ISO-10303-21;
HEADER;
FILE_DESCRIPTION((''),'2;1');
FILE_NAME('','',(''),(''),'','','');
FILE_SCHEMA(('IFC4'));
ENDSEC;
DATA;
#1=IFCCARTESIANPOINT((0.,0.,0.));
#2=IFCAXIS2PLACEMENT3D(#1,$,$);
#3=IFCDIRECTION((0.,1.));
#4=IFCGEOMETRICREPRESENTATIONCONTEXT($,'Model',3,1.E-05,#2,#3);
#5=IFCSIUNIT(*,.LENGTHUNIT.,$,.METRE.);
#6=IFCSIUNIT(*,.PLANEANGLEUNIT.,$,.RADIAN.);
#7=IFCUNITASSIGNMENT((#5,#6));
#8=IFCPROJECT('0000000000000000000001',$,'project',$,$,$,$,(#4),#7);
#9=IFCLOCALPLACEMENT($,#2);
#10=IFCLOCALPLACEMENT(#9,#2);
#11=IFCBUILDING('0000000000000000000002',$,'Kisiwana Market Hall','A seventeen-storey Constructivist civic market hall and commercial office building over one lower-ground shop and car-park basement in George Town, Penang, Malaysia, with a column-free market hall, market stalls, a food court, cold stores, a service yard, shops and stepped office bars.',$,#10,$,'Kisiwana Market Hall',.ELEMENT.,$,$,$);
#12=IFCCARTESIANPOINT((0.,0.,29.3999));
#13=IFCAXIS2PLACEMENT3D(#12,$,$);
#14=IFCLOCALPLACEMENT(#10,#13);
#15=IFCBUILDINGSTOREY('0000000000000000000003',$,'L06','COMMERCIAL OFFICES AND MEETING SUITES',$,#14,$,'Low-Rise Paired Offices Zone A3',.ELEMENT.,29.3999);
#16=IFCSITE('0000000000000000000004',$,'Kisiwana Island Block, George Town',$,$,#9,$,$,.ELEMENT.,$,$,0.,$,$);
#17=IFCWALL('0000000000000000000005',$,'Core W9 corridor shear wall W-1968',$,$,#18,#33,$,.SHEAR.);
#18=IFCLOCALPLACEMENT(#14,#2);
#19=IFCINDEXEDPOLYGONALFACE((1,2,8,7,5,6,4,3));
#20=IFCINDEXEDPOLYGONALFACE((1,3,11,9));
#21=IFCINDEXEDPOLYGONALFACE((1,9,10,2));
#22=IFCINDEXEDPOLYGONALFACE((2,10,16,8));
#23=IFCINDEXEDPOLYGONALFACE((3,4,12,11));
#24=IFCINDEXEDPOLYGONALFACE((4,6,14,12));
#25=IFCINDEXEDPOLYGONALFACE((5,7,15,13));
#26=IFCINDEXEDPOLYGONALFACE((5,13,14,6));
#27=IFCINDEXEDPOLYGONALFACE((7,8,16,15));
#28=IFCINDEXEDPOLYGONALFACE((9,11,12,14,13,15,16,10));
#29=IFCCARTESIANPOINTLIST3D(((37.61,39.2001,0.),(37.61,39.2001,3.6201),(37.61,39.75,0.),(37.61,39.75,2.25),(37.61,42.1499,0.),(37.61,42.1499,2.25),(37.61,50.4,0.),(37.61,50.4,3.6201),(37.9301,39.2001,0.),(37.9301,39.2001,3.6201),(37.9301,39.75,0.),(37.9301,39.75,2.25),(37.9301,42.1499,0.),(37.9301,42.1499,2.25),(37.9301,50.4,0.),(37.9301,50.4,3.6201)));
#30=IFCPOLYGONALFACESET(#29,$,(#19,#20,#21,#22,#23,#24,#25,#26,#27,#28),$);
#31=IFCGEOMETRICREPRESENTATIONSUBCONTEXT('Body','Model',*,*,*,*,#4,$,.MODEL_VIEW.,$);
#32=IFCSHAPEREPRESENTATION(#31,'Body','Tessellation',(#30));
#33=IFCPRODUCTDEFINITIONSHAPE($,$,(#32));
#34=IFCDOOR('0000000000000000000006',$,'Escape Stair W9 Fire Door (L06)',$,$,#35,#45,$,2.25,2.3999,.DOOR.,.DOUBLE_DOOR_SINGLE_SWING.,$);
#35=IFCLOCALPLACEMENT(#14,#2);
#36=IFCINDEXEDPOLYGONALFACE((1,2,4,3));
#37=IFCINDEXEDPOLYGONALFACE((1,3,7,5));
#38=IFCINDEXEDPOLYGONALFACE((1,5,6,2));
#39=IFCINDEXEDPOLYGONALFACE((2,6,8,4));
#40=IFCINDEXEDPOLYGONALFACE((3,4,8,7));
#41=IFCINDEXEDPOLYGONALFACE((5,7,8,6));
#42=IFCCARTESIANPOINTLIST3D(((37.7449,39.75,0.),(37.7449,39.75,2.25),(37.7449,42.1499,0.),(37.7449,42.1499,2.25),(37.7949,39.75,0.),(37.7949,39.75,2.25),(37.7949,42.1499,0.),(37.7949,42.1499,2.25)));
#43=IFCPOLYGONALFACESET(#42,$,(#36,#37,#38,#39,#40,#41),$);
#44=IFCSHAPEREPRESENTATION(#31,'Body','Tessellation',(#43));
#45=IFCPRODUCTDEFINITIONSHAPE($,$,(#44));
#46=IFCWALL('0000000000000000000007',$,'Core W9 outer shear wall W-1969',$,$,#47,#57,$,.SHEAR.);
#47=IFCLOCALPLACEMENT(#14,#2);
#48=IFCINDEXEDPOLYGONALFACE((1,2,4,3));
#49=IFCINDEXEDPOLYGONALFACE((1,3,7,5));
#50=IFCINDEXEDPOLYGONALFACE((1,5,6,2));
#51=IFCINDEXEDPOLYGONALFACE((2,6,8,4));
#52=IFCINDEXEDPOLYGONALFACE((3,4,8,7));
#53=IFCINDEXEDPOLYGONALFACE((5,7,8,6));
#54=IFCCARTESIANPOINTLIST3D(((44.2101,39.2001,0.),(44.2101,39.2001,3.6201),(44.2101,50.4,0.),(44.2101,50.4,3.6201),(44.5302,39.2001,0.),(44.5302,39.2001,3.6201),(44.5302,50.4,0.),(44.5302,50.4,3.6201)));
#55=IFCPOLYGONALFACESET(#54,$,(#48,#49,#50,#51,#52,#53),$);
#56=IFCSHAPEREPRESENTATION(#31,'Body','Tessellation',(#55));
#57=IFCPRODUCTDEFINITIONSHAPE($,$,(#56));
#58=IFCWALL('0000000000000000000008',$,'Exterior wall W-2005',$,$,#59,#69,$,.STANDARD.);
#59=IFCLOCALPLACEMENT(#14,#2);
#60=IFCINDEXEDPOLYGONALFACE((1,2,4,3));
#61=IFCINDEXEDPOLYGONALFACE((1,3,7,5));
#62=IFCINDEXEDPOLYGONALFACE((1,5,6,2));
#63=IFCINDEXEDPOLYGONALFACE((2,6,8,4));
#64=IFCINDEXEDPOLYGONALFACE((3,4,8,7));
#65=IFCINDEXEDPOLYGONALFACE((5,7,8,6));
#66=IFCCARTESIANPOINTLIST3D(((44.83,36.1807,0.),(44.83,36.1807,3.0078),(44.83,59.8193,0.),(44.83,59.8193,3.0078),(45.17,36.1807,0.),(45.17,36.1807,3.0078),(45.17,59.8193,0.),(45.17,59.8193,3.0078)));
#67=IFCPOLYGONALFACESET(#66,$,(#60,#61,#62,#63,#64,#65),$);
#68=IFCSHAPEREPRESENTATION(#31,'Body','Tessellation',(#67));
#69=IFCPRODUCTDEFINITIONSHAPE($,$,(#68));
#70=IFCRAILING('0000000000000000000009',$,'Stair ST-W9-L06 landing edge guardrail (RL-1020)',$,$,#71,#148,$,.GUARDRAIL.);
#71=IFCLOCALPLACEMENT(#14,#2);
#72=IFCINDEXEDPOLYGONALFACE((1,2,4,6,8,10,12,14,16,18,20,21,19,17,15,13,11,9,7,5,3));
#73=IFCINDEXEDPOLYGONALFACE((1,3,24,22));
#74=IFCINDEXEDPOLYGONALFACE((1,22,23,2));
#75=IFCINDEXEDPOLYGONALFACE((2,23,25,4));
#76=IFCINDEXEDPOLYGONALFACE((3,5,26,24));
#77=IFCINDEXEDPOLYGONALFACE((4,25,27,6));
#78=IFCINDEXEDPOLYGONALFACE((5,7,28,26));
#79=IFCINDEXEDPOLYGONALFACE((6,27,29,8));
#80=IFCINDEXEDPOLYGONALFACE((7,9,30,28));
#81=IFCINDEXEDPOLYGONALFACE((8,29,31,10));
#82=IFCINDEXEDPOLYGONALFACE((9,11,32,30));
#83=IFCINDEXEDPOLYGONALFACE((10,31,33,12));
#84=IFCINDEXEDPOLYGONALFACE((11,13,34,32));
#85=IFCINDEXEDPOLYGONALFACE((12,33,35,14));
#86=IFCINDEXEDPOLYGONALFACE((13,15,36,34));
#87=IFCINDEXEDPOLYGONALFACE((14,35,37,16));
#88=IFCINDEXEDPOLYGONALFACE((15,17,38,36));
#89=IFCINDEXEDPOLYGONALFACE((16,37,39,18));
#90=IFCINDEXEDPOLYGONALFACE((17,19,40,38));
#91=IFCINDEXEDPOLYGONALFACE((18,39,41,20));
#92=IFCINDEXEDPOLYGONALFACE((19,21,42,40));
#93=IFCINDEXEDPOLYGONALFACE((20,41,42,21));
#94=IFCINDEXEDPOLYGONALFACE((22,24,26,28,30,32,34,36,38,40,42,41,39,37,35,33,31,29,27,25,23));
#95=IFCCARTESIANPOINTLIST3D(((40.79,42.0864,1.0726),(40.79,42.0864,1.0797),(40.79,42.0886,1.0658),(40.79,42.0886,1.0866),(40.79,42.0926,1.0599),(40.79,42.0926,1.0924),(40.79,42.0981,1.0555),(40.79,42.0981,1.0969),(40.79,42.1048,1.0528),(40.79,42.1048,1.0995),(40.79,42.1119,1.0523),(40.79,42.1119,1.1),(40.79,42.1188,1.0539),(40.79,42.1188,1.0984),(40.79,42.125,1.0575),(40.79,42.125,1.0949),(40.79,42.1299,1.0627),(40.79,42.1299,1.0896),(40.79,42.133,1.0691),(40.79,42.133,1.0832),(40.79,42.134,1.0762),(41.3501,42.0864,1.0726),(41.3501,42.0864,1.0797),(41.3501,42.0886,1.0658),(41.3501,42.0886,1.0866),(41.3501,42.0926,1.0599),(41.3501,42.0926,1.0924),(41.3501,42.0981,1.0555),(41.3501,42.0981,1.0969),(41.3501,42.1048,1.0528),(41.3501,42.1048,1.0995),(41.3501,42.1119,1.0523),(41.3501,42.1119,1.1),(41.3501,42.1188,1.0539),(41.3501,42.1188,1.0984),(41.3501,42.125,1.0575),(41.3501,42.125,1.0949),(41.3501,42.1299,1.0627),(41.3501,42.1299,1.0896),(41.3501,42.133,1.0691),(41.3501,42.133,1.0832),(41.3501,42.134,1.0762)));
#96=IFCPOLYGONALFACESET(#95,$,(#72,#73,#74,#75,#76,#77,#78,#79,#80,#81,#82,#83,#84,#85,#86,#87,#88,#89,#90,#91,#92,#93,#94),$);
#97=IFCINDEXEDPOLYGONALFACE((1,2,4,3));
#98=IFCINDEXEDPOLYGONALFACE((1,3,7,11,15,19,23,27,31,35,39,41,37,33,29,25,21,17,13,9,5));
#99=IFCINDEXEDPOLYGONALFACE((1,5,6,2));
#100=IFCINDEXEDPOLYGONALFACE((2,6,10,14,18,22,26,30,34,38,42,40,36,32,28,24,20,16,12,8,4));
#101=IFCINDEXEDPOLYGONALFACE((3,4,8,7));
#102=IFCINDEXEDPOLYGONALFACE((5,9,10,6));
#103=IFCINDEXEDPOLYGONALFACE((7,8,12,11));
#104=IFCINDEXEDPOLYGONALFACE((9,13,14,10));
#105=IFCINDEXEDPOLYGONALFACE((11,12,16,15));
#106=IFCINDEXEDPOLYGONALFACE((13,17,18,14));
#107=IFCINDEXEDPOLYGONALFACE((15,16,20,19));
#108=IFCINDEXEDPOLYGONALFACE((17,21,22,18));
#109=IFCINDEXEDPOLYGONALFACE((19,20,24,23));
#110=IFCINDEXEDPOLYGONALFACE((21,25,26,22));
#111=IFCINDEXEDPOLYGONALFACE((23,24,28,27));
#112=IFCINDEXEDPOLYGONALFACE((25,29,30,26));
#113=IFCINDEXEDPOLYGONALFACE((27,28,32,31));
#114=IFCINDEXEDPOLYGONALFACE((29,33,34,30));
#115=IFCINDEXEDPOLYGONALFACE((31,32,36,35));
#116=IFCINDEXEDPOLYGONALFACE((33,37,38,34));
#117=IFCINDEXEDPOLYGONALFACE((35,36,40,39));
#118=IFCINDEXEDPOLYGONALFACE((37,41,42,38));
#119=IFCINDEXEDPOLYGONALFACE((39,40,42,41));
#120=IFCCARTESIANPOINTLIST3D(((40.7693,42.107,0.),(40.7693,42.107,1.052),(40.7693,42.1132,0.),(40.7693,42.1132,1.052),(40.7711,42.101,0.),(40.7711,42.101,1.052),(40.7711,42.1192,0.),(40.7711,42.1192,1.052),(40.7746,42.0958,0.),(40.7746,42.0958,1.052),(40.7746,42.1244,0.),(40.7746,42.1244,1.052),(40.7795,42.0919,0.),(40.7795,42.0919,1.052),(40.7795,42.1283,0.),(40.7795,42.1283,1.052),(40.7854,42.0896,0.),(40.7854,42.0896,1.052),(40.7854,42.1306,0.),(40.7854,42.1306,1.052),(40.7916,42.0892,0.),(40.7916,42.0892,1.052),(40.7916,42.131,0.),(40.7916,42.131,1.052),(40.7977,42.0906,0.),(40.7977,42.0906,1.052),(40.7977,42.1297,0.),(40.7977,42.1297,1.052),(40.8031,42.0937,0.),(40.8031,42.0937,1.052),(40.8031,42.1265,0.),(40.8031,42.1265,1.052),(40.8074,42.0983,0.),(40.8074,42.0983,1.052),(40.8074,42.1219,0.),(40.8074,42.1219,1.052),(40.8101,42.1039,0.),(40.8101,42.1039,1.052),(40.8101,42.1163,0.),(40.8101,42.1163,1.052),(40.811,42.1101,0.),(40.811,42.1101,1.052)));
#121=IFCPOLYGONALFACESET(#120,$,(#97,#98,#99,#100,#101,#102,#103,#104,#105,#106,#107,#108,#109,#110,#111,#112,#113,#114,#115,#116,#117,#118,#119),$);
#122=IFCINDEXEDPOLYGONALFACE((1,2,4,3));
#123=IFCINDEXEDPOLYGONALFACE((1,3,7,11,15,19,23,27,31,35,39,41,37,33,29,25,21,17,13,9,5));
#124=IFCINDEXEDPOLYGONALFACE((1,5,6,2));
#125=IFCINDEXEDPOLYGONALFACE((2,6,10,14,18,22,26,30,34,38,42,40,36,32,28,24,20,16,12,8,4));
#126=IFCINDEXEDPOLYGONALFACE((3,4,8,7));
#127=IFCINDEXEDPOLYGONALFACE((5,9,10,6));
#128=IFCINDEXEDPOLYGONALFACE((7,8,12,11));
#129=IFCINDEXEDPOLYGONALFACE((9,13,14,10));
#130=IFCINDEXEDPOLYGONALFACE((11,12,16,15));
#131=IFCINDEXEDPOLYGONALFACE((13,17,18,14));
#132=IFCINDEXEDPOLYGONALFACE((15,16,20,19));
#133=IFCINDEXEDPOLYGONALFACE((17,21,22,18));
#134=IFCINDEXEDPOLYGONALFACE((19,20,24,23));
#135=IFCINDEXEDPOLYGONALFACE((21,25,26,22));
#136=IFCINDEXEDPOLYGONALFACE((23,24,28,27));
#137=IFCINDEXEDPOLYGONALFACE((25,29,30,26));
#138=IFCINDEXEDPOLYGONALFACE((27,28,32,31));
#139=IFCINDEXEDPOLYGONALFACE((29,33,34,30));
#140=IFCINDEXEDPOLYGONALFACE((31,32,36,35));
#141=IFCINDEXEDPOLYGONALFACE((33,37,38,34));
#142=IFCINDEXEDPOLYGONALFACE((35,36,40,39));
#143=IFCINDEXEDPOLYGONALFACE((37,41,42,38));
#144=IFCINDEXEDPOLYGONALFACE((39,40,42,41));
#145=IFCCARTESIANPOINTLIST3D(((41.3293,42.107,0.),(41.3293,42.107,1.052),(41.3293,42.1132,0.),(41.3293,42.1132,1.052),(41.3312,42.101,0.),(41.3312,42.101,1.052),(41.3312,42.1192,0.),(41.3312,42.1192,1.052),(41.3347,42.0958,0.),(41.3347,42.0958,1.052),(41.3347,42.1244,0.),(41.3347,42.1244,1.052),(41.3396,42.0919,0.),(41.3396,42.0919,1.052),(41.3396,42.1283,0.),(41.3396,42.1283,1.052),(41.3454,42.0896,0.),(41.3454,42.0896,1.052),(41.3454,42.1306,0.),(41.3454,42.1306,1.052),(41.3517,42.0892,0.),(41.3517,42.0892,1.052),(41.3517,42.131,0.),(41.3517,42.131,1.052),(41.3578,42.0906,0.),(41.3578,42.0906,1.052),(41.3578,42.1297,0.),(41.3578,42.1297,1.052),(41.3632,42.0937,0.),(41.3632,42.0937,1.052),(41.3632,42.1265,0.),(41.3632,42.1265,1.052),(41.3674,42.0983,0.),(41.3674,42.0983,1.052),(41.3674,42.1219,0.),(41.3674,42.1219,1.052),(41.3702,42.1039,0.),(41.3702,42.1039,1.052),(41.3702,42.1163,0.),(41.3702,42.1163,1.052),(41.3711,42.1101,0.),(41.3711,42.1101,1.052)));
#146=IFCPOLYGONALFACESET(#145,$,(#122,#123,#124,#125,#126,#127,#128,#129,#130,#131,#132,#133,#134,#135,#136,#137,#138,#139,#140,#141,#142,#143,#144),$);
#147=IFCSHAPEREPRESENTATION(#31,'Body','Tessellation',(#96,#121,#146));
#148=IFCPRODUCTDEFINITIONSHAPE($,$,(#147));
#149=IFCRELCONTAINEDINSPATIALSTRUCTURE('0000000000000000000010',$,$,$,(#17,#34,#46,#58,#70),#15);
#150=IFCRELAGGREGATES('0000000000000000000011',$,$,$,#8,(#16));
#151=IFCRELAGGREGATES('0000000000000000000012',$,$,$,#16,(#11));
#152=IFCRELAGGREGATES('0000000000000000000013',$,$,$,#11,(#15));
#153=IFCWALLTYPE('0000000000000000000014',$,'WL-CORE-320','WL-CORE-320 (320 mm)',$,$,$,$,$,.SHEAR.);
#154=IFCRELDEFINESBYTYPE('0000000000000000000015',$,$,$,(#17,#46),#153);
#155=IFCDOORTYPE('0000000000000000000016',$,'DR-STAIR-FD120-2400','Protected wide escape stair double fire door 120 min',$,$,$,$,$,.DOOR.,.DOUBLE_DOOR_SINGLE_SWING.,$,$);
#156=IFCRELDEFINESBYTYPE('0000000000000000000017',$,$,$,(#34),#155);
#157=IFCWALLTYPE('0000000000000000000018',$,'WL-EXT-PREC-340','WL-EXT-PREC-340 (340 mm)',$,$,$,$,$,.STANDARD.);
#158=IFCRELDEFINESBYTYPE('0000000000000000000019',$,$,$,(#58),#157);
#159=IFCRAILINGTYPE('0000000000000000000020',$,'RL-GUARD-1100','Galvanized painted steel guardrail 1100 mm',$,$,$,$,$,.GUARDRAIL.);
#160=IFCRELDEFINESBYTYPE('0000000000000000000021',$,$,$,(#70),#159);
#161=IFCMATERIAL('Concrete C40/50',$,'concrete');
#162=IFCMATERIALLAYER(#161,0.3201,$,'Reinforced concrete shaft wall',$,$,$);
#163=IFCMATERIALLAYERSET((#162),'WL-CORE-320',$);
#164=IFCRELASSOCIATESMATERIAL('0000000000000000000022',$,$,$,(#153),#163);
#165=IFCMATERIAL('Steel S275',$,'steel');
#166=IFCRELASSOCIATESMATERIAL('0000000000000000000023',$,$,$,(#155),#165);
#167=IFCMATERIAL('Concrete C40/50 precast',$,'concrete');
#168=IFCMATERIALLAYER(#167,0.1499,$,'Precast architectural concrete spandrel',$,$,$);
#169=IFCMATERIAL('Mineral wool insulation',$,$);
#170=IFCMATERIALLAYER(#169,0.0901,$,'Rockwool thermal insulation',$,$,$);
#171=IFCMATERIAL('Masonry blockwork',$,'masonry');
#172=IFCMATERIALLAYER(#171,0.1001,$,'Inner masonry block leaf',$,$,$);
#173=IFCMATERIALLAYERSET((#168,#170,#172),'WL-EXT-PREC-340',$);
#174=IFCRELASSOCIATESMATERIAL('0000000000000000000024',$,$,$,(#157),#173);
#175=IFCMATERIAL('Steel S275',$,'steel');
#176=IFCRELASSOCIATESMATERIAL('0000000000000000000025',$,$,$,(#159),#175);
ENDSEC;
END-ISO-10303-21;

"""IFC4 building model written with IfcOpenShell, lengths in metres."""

from ifc_helpers import new_model, si_unit, direction, frame, frame_2d, origin, origin_2d, place, context, subcontext, project, spatial, rectangle, circle, extrude, material, layer, layer_set, type_object, element, fill, save


model = new_model("IFC4")

# Units and contexts
model_context = context("Model", 3, precision=1e-05, world=origin(), true_north=direction((0.0, 1.0)))
body_context = subcontext(model_context, "Body", "Model", "MODEL_VIEW")
ifc_project = project(units=[si_unit("LENGTHUNIT", "METRE"), si_unit("PLANEANGLEUNIT", "RADIAN")], contexts=[model_context])

# Site, building, storey
site_placement = place(None, origin())
site = spatial("IfcSite", under=ifc_project, at=site_placement, Name="Kisiwana Island Block, George Town", CompositionType="ELEMENT", RefElevation=0.0)
building_placement = place(site_placement, origin())
building = spatial("IfcBuilding", under=site, at=building_placement, Name="Kisiwana Market Hall", Description="A seventeen-storey Constructivist civic market hall and commercial office building over one lower-ground shop and car-park basement in George Town, Penang, Malaysia, with a column-free market hall, market stalls, a food court, cold stores, a service yard, shops and stepped office bars.", LongName="Kisiwana Market Hall", CompositionType="ELEMENT")
storey_placement = place(building_placement, frame((0.0, 0.0, 29.3999)))
storey = spatial("IfcBuildingStorey", under=building, at=storey_placement, Name="L06", Description="COMMERCIAL OFFICES AND MEETING SUITES", LongName="Low-Rise Paired Offices Zone A3", CompositionType="ELEMENT", Elevation=29.3999)

# Shared definitions
ifc_material_1 = material(Name="Concrete C40/50", Category="concrete")
ifc_layer_1 = layer(ifc_material_1, 0.3201, Name="Reinforced concrete shaft wall")
ifc_layer_set_1 = layer_set([ifc_layer_1], Name="WL-CORE-320")
wall_type_1 = type_object("IfcWallType", Name="WL-CORE-320", Description="WL-CORE-320 (320 mm)", PredefinedType="SHEAR", material=ifc_layer_set_1)

# Wall, opening, door
wall_1_placement = place(storey_placement, frame((37.77, 39.2, 0.0), z_axis=(0.0, 0.0, 1.0), x_axis=(0.0, 1.0, 0.0)))
wall_1 = element("IfcWall", 1, at=wall_1_placement, inside=storey, type_object=wall_type_1, Name="Core W9 corridor shear wall W-1968", PredefinedType="SHEAR", context=body_context, shape_type="SweptSolid", body=[
    extrude(rectangle(XDim=11.2, YDim=0.3201, at=frame_2d((5.6001, 0.0))), origin(), (0.0, 0.0, 1.0), 3.6201),
])
opening_placement = place(wall_1_placement, frame((0.55, 0.0, 0.0)))
opening = element("IfcOpeningElement", 2, at=opening_placement, cuts=wall_1, PredefinedType="OPENING", context=body_context, shape_type="SweptSolid", body=[
    extrude(rectangle(XDim=2.3999, YDim=2.25, at=frame_2d((1.2, 1.125))), frame((0.0, 0.1719, 0.0), z_axis=(0.0, -1.0, 0.0), x_axis=(1.0, 0.0, 0.0)), (0.0, 0.0, 1.0), 0.344),
])
ifc_material_2 = material(Name="Steel S275", Category="steel")
door_type = type_object("IfcDoorType", Name="DR-STAIR-FD120-2400", Description="Protected wide escape stair double fire door 120 min", OperationType="DOUBLE_DOOR_SINGLE_SWING", PredefinedType="DOOR", material=ifc_material_2)
door_placement = place(opening_placement, frame((2.3999, 0.0, 0.0), z_axis=(0.0, 0.0, 1.0), x_axis=(-1.0, 0.0, 0.0)))
door = element("IfcDoor", 3, at=door_placement, inside=storey, type_object=door_type, Name="Escape Stair W9 Fire Door (L06)", OperationType="DOUBLE_DOOR_SINGLE_SWING", OverallHeight=2.25, OverallWidth=2.3999, PredefinedType="DOOR", context=body_context, shape_type="SweptSolid", body=[
    extrude(rectangle(XDim=2.3999, YDim=2.25, at=frame_2d((1.2, 1.125))), frame((0.0, 0.0249, 0.0), z_axis=(0.0, -1.0, 0.0), x_axis=(1.0, 0.0, 0.0)), (0.0, 0.0, 1.0), 0.05),
])
fill(opening, door)

# Walls
wall_2_placement = place(storey_placement, frame((44.3701, 39.2, 0.0), z_axis=(0.0, 0.0, 1.0), x_axis=(0.0, 1.0, 0.0)))
element("IfcWall", 4, at=wall_2_placement, inside=storey, type_object=wall_type_1, Name="Core W9 outer shear wall W-1969", PredefinedType="SHEAR", context=body_context, shape_type="SweptSolid", body=[
    extrude(rectangle(XDim=11.2, YDim=0.3201, at=frame_2d((5.6001, 0.0))), origin(), (0.0, 0.0, 1.0), 3.6201),
])
ifc_material_3 = material(Name="Concrete C40/50 precast", Category="concrete")
ifc_layer_2 = layer(ifc_material_3, 0.1499, Name="Precast architectural concrete spandrel")
ifc_material_4 = material(Name="Mineral wool insulation")
ifc_layer_3 = layer(ifc_material_4, 0.0901, Name="Rockwool thermal insulation")
ifc_material_5 = material(Name="Masonry blockwork", Category="masonry")
ifc_layer_4 = layer(ifc_material_5, 0.1001, Name="Inner masonry block leaf")
ifc_layer_set_2 = layer_set([ifc_layer_2, ifc_layer_3, ifc_layer_4], Name="WL-EXT-PREC-340")
wall_type_2 = type_object("IfcWallType", Name="WL-EXT-PREC-340", Description="WL-EXT-PREC-340 (340 mm)", PredefinedType="STANDARD", material=ifc_layer_set_2)
wall_3_placement = place(storey_placement, frame((45.0, 36.1807, 0.0), z_axis=(0.0, 0.0, 1.0), x_axis=(0.0, 1.0, 0.0)))
element("IfcWall", 5, at=wall_3_placement, inside=storey, type_object=wall_type_2, Name="Exterior wall W-2005", PredefinedType="STANDARD", context=body_context, shape_type="SweptSolid", body=[
    extrude(rectangle(XDim=23.6387, YDim=0.3401, at=frame_2d((11.8193, 0.0))), origin(), (0.0, 0.0, 1.0), 3.0078),
])

# Railing
ifc_material_6 = material(Name="Steel S275", Category="steel")
railing_type_1 = type_object("IfcRailingType", Name="RL-GUARD-1100", Description="Galvanized painted steel guardrail 1100 mm", PredefinedType="GUARDRAIL", material=ifc_material_6)
railing_1_placement = place(storey_placement, frame((40.79, 42.1101, 0.0)))
element("IfcRailing", 6, at=railing_1_placement, inside=storey, type_object=railing_type_1, Name="Stair ST-W9-L06 landing edge guardrail (RL-1020)", PredefinedType="GUARDRAIL", context=body_context, shape_type="SweptSolid", body=[
    extrude(circle(Radius=0.0239, at=origin_2d()), frame((0.0, 0.0, 1.0762), z_axis=(1.0, 0.0, 0.0), x_axis=(0.0, 1.0, 0.0)), (0.0, 0.0, 1.0), 0.5601),
    extrude(circle(Radius=0.021, at=origin_2d()), origin(), (0.0, 0.0, 1.0), 1.052),
    extrude(circle(Radius=0.021, at=origin_2d()), frame((0.5601, 0.0, 0.0)), (0.0, 0.0, 1.0), 1.052),
])

save(model, "model.ifc")
